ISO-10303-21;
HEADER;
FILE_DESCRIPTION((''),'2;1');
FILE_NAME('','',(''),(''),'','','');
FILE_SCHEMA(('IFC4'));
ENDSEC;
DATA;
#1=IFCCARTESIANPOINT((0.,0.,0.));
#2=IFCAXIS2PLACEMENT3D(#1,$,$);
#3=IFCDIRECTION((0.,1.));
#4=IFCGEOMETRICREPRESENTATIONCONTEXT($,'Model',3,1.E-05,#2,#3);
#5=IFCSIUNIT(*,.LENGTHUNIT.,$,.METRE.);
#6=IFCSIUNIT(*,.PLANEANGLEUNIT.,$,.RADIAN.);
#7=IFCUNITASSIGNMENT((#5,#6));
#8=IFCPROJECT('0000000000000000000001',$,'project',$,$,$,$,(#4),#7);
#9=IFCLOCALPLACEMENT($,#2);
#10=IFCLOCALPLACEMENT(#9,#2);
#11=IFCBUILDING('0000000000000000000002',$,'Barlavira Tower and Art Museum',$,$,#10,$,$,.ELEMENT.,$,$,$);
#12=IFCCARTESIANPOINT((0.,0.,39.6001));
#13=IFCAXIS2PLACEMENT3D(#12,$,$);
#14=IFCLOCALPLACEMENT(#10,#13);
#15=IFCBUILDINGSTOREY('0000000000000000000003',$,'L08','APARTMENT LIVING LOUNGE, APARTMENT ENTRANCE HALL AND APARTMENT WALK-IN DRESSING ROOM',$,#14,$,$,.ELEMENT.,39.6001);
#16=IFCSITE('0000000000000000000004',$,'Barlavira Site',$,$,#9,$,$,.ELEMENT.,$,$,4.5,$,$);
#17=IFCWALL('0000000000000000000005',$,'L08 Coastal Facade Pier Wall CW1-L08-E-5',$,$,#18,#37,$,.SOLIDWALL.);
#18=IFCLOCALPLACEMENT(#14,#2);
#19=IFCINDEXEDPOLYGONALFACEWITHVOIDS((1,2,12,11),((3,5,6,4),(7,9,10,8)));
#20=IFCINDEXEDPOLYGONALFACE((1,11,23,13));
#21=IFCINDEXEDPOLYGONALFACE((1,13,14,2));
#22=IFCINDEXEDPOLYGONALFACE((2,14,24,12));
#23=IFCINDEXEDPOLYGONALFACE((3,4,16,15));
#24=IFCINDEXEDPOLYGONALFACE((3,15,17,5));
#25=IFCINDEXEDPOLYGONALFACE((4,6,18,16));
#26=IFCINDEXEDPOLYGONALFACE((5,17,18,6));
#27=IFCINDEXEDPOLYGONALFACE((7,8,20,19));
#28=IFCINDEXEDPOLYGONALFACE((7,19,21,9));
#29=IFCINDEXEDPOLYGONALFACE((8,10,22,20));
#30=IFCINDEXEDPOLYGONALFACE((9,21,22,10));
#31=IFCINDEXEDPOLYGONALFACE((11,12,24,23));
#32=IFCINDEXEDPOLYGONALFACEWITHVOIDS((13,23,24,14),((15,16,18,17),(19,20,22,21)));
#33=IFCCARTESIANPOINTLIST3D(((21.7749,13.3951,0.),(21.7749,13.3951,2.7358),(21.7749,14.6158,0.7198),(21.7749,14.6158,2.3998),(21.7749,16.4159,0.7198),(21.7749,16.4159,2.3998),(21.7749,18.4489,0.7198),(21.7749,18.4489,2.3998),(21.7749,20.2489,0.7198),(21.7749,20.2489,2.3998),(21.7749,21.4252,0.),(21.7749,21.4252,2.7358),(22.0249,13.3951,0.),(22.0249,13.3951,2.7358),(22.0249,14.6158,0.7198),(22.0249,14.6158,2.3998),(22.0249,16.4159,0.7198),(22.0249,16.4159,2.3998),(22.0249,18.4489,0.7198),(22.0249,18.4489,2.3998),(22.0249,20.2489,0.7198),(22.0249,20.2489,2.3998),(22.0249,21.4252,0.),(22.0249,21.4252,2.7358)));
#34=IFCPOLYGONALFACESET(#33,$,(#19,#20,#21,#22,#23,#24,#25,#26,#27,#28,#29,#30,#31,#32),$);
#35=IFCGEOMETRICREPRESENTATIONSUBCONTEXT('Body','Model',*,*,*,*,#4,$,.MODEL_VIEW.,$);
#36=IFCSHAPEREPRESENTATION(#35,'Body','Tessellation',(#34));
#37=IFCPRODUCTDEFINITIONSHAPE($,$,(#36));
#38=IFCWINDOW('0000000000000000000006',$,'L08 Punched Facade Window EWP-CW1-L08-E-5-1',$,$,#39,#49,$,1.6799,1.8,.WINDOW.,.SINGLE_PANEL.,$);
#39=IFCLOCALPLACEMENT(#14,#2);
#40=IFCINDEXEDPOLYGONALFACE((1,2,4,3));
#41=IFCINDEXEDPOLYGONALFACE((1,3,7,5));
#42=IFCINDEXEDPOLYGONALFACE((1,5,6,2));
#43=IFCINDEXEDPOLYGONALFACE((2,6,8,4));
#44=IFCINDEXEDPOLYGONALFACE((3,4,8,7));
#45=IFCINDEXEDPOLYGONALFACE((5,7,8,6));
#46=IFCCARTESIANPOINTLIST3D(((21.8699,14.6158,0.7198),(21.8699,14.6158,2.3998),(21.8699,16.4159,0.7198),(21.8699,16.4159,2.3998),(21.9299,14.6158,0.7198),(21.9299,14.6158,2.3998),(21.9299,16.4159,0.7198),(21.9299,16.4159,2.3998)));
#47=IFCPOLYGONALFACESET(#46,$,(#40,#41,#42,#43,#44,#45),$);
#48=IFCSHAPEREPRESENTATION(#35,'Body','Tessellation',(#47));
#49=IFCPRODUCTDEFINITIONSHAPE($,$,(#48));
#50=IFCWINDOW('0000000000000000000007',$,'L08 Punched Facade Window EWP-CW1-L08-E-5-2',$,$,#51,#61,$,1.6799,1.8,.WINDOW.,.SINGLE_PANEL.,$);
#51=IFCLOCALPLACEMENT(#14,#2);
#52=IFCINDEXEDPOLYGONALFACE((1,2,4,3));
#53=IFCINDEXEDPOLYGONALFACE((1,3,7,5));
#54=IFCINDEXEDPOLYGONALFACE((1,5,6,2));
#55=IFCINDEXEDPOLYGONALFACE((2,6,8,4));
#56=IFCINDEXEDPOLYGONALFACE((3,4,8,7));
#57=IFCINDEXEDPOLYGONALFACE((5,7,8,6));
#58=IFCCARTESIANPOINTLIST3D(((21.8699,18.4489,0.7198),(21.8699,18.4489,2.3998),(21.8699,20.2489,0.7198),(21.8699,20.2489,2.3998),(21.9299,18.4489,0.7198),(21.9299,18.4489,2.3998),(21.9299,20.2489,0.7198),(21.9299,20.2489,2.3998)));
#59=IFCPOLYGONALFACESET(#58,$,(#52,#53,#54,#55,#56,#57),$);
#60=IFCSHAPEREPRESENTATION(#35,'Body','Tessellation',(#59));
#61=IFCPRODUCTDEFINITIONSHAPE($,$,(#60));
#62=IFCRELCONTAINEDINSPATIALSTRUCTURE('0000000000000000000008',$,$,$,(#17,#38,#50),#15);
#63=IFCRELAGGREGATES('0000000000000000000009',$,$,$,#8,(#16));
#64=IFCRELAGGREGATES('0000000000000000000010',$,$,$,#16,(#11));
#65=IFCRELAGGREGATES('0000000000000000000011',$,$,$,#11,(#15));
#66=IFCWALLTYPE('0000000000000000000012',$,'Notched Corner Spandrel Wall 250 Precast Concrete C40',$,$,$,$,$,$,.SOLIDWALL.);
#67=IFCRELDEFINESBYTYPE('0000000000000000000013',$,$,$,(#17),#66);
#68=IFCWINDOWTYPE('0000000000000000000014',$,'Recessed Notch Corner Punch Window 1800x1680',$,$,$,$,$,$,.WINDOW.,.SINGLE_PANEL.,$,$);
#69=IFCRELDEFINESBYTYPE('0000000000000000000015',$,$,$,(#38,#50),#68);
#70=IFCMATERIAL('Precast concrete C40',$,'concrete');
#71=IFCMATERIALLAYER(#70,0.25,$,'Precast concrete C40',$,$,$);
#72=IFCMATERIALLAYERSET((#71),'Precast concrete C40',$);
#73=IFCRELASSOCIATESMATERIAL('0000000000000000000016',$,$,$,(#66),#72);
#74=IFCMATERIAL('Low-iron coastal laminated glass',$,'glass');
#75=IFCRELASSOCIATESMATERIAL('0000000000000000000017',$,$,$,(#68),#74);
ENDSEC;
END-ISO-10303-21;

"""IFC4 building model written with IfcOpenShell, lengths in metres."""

from ifc_helpers import new_model, si_unit, direction, frame, frame_2d, origin, place, context, subcontext, project, spatial, rectangle, extrude, material, layer, layer_set, type_object, element, fill, save


model = new_model("IFC4")

# Units and contexts
model_context = context("Model", 3, precision=1e-05, world=origin(), true_north=direction((0.0, 1.0)))
body_context = subcontext(model_context, "Body", "Model", "MODEL_VIEW")
ifc_project = project(units=[si_unit("LENGTHUNIT", "METRE"), si_unit("PLANEANGLEUNIT", "RADIAN")], contexts=[model_context])

# Site, building, storey
site_placement = place(None, origin())
site = spatial("IfcSite", under=ifc_project, at=site_placement, Name="Barlavira Site", CompositionType="ELEMENT", RefElevation=4.5)
building_placement = place(site_placement, origin())
building = spatial("IfcBuilding", under=site, at=building_placement, Name="Barlavira Tower and Art Museum", CompositionType="ELEMENT")
storey_placement = place(building_placement, frame((0.0, 0.0, 39.6001)))
storey = spatial("IfcBuildingStorey", under=building, at=storey_placement, Name="L08", Description="APARTMENT LIVING LOUNGE, APARTMENT ENTRANCE HALL AND APARTMENT WALK-IN DRESSING ROOM", CompositionType="ELEMENT", Elevation=39.6001)

# Wall, openings, windows
ifc_material_1 = material(Name="Precast concrete C40", Category="concrete")
ifc_layer_1 = layer(ifc_material_1, 0.25, Name="Precast concrete C40")
ifc_layer_set_1 = layer_set([ifc_layer_1], Name="Precast concrete C40")
wall_type_1 = type_object("IfcWallType", Name="Notched Corner Spandrel Wall 250 Precast Concrete C40", PredefinedType="SOLIDWALL", material=ifc_layer_set_1)
wall_1_placement = place(storey_placement, frame((21.8999, 13.395, 0.0), z_axis=(0.0, 0.0, 1.0), x_axis=(0.0, 1.0, 0.0)))
wall_1 = element("IfcWall", 1, at=wall_1_placement, inside=storey, type_object=wall_type_1, Name="L08 Coastal Facade Pier Wall CW1-L08-E-5", PredefinedType="SOLIDWALL", context=body_context, shape_type="SweptSolid", body=[
    extrude(rectangle(XDim=8.03, YDim=0.25, at=frame_2d((4.0151, 0.0))), origin(), (0.0, 0.0, 1.0), 2.7358),
])
opening_1_placement = place(wall_1_placement, frame((1.2209, 0.0, 0.72)))
opening_1 = element("IfcOpeningElement", 2, at=opening_1_placement, cuts=wall_1, PredefinedType="OPENING", context=body_context, shape_type="SweptSolid", body=[
    extrude(rectangle(XDim=1.8, YDim=1.6799, at=frame_2d((0.8999, 0.8398))), frame((0.0, 0.135, 0.0), z_axis=(0.0, -1.0, 0.0), x_axis=(1.0, 0.0, 0.0)), (0.0, 0.0, 1.0), 0.27),
])
opening_2_placement = place(wall_1_placement, frame((5.054, 0.0, 0.72)))
opening_2 = element("IfcOpeningElement", 3, at=opening_2_placement, cuts=wall_1, PredefinedType="OPENING", context=body_context, shape_type="SweptSolid", body=[
    extrude(rectangle(XDim=1.8, YDim=1.6799, at=frame_2d((0.8999, 0.8398))), frame((0.0, 0.135, 0.0), z_axis=(0.0, -1.0, 0.0), x_axis=(1.0, 0.0, 0.0)), (0.0, 0.0, 1.0), 0.27),
])
ifc_material_2 = material(Name="Low-iron coastal laminated glass", Category="glass")
window_type = type_object("IfcWindowType", Name="Recessed Notch Corner Punch Window 1800x1680", PartitioningType="SINGLE_PANEL", PredefinedType="WINDOW", material=ifc_material_2)
window_1_placement = place(opening_1_placement, origin())
window_1 = element("IfcWindow", 4, at=window_1_placement, inside=storey, type_object=window_type, Name="L08 Punched Facade Window EWP-CW1-L08-E-5-1", OverallHeight=1.6799, OverallWidth=1.8, PartitioningType="SINGLE_PANEL", PredefinedType="WINDOW", context=body_context, shape_type="SweptSolid", body=[
    extrude(rectangle(XDim=1.8, YDim=1.6799, at=frame_2d((0.8999, 0.8398))), frame((0.0, 0.03, 0.0), z_axis=(0.0, -1.0, 0.0), x_axis=(1.0, 0.0, 0.0)), (0.0, 0.0, 1.0), 0.0601),
])
fill(opening_1, window_1)
window_2_placement = place(opening_2_placement, origin())
window_2 = element("IfcWindow", 5, at=window_2_placement, inside=storey, type_object=window_type, Name="L08 Punched Facade Window EWP-CW1-L08-E-5-2", OverallHeight=1.6799, OverallWidth=1.8, PartitioningType="SINGLE_PANEL", PredefinedType="WINDOW", context=body_context, shape_type="SweptSolid", body=[
    extrude(rectangle(XDim=1.8, YDim=1.6799, at=frame_2d((0.8999, 0.8398))), frame((0.0, 0.03, 0.0), z_axis=(0.0, -1.0, 0.0), x_axis=(1.0, 0.0, 0.0)), (0.0, 0.0, 1.0), 0.0601),
])
fill(opening_2, window_2)

save(model, "model.ifc")
